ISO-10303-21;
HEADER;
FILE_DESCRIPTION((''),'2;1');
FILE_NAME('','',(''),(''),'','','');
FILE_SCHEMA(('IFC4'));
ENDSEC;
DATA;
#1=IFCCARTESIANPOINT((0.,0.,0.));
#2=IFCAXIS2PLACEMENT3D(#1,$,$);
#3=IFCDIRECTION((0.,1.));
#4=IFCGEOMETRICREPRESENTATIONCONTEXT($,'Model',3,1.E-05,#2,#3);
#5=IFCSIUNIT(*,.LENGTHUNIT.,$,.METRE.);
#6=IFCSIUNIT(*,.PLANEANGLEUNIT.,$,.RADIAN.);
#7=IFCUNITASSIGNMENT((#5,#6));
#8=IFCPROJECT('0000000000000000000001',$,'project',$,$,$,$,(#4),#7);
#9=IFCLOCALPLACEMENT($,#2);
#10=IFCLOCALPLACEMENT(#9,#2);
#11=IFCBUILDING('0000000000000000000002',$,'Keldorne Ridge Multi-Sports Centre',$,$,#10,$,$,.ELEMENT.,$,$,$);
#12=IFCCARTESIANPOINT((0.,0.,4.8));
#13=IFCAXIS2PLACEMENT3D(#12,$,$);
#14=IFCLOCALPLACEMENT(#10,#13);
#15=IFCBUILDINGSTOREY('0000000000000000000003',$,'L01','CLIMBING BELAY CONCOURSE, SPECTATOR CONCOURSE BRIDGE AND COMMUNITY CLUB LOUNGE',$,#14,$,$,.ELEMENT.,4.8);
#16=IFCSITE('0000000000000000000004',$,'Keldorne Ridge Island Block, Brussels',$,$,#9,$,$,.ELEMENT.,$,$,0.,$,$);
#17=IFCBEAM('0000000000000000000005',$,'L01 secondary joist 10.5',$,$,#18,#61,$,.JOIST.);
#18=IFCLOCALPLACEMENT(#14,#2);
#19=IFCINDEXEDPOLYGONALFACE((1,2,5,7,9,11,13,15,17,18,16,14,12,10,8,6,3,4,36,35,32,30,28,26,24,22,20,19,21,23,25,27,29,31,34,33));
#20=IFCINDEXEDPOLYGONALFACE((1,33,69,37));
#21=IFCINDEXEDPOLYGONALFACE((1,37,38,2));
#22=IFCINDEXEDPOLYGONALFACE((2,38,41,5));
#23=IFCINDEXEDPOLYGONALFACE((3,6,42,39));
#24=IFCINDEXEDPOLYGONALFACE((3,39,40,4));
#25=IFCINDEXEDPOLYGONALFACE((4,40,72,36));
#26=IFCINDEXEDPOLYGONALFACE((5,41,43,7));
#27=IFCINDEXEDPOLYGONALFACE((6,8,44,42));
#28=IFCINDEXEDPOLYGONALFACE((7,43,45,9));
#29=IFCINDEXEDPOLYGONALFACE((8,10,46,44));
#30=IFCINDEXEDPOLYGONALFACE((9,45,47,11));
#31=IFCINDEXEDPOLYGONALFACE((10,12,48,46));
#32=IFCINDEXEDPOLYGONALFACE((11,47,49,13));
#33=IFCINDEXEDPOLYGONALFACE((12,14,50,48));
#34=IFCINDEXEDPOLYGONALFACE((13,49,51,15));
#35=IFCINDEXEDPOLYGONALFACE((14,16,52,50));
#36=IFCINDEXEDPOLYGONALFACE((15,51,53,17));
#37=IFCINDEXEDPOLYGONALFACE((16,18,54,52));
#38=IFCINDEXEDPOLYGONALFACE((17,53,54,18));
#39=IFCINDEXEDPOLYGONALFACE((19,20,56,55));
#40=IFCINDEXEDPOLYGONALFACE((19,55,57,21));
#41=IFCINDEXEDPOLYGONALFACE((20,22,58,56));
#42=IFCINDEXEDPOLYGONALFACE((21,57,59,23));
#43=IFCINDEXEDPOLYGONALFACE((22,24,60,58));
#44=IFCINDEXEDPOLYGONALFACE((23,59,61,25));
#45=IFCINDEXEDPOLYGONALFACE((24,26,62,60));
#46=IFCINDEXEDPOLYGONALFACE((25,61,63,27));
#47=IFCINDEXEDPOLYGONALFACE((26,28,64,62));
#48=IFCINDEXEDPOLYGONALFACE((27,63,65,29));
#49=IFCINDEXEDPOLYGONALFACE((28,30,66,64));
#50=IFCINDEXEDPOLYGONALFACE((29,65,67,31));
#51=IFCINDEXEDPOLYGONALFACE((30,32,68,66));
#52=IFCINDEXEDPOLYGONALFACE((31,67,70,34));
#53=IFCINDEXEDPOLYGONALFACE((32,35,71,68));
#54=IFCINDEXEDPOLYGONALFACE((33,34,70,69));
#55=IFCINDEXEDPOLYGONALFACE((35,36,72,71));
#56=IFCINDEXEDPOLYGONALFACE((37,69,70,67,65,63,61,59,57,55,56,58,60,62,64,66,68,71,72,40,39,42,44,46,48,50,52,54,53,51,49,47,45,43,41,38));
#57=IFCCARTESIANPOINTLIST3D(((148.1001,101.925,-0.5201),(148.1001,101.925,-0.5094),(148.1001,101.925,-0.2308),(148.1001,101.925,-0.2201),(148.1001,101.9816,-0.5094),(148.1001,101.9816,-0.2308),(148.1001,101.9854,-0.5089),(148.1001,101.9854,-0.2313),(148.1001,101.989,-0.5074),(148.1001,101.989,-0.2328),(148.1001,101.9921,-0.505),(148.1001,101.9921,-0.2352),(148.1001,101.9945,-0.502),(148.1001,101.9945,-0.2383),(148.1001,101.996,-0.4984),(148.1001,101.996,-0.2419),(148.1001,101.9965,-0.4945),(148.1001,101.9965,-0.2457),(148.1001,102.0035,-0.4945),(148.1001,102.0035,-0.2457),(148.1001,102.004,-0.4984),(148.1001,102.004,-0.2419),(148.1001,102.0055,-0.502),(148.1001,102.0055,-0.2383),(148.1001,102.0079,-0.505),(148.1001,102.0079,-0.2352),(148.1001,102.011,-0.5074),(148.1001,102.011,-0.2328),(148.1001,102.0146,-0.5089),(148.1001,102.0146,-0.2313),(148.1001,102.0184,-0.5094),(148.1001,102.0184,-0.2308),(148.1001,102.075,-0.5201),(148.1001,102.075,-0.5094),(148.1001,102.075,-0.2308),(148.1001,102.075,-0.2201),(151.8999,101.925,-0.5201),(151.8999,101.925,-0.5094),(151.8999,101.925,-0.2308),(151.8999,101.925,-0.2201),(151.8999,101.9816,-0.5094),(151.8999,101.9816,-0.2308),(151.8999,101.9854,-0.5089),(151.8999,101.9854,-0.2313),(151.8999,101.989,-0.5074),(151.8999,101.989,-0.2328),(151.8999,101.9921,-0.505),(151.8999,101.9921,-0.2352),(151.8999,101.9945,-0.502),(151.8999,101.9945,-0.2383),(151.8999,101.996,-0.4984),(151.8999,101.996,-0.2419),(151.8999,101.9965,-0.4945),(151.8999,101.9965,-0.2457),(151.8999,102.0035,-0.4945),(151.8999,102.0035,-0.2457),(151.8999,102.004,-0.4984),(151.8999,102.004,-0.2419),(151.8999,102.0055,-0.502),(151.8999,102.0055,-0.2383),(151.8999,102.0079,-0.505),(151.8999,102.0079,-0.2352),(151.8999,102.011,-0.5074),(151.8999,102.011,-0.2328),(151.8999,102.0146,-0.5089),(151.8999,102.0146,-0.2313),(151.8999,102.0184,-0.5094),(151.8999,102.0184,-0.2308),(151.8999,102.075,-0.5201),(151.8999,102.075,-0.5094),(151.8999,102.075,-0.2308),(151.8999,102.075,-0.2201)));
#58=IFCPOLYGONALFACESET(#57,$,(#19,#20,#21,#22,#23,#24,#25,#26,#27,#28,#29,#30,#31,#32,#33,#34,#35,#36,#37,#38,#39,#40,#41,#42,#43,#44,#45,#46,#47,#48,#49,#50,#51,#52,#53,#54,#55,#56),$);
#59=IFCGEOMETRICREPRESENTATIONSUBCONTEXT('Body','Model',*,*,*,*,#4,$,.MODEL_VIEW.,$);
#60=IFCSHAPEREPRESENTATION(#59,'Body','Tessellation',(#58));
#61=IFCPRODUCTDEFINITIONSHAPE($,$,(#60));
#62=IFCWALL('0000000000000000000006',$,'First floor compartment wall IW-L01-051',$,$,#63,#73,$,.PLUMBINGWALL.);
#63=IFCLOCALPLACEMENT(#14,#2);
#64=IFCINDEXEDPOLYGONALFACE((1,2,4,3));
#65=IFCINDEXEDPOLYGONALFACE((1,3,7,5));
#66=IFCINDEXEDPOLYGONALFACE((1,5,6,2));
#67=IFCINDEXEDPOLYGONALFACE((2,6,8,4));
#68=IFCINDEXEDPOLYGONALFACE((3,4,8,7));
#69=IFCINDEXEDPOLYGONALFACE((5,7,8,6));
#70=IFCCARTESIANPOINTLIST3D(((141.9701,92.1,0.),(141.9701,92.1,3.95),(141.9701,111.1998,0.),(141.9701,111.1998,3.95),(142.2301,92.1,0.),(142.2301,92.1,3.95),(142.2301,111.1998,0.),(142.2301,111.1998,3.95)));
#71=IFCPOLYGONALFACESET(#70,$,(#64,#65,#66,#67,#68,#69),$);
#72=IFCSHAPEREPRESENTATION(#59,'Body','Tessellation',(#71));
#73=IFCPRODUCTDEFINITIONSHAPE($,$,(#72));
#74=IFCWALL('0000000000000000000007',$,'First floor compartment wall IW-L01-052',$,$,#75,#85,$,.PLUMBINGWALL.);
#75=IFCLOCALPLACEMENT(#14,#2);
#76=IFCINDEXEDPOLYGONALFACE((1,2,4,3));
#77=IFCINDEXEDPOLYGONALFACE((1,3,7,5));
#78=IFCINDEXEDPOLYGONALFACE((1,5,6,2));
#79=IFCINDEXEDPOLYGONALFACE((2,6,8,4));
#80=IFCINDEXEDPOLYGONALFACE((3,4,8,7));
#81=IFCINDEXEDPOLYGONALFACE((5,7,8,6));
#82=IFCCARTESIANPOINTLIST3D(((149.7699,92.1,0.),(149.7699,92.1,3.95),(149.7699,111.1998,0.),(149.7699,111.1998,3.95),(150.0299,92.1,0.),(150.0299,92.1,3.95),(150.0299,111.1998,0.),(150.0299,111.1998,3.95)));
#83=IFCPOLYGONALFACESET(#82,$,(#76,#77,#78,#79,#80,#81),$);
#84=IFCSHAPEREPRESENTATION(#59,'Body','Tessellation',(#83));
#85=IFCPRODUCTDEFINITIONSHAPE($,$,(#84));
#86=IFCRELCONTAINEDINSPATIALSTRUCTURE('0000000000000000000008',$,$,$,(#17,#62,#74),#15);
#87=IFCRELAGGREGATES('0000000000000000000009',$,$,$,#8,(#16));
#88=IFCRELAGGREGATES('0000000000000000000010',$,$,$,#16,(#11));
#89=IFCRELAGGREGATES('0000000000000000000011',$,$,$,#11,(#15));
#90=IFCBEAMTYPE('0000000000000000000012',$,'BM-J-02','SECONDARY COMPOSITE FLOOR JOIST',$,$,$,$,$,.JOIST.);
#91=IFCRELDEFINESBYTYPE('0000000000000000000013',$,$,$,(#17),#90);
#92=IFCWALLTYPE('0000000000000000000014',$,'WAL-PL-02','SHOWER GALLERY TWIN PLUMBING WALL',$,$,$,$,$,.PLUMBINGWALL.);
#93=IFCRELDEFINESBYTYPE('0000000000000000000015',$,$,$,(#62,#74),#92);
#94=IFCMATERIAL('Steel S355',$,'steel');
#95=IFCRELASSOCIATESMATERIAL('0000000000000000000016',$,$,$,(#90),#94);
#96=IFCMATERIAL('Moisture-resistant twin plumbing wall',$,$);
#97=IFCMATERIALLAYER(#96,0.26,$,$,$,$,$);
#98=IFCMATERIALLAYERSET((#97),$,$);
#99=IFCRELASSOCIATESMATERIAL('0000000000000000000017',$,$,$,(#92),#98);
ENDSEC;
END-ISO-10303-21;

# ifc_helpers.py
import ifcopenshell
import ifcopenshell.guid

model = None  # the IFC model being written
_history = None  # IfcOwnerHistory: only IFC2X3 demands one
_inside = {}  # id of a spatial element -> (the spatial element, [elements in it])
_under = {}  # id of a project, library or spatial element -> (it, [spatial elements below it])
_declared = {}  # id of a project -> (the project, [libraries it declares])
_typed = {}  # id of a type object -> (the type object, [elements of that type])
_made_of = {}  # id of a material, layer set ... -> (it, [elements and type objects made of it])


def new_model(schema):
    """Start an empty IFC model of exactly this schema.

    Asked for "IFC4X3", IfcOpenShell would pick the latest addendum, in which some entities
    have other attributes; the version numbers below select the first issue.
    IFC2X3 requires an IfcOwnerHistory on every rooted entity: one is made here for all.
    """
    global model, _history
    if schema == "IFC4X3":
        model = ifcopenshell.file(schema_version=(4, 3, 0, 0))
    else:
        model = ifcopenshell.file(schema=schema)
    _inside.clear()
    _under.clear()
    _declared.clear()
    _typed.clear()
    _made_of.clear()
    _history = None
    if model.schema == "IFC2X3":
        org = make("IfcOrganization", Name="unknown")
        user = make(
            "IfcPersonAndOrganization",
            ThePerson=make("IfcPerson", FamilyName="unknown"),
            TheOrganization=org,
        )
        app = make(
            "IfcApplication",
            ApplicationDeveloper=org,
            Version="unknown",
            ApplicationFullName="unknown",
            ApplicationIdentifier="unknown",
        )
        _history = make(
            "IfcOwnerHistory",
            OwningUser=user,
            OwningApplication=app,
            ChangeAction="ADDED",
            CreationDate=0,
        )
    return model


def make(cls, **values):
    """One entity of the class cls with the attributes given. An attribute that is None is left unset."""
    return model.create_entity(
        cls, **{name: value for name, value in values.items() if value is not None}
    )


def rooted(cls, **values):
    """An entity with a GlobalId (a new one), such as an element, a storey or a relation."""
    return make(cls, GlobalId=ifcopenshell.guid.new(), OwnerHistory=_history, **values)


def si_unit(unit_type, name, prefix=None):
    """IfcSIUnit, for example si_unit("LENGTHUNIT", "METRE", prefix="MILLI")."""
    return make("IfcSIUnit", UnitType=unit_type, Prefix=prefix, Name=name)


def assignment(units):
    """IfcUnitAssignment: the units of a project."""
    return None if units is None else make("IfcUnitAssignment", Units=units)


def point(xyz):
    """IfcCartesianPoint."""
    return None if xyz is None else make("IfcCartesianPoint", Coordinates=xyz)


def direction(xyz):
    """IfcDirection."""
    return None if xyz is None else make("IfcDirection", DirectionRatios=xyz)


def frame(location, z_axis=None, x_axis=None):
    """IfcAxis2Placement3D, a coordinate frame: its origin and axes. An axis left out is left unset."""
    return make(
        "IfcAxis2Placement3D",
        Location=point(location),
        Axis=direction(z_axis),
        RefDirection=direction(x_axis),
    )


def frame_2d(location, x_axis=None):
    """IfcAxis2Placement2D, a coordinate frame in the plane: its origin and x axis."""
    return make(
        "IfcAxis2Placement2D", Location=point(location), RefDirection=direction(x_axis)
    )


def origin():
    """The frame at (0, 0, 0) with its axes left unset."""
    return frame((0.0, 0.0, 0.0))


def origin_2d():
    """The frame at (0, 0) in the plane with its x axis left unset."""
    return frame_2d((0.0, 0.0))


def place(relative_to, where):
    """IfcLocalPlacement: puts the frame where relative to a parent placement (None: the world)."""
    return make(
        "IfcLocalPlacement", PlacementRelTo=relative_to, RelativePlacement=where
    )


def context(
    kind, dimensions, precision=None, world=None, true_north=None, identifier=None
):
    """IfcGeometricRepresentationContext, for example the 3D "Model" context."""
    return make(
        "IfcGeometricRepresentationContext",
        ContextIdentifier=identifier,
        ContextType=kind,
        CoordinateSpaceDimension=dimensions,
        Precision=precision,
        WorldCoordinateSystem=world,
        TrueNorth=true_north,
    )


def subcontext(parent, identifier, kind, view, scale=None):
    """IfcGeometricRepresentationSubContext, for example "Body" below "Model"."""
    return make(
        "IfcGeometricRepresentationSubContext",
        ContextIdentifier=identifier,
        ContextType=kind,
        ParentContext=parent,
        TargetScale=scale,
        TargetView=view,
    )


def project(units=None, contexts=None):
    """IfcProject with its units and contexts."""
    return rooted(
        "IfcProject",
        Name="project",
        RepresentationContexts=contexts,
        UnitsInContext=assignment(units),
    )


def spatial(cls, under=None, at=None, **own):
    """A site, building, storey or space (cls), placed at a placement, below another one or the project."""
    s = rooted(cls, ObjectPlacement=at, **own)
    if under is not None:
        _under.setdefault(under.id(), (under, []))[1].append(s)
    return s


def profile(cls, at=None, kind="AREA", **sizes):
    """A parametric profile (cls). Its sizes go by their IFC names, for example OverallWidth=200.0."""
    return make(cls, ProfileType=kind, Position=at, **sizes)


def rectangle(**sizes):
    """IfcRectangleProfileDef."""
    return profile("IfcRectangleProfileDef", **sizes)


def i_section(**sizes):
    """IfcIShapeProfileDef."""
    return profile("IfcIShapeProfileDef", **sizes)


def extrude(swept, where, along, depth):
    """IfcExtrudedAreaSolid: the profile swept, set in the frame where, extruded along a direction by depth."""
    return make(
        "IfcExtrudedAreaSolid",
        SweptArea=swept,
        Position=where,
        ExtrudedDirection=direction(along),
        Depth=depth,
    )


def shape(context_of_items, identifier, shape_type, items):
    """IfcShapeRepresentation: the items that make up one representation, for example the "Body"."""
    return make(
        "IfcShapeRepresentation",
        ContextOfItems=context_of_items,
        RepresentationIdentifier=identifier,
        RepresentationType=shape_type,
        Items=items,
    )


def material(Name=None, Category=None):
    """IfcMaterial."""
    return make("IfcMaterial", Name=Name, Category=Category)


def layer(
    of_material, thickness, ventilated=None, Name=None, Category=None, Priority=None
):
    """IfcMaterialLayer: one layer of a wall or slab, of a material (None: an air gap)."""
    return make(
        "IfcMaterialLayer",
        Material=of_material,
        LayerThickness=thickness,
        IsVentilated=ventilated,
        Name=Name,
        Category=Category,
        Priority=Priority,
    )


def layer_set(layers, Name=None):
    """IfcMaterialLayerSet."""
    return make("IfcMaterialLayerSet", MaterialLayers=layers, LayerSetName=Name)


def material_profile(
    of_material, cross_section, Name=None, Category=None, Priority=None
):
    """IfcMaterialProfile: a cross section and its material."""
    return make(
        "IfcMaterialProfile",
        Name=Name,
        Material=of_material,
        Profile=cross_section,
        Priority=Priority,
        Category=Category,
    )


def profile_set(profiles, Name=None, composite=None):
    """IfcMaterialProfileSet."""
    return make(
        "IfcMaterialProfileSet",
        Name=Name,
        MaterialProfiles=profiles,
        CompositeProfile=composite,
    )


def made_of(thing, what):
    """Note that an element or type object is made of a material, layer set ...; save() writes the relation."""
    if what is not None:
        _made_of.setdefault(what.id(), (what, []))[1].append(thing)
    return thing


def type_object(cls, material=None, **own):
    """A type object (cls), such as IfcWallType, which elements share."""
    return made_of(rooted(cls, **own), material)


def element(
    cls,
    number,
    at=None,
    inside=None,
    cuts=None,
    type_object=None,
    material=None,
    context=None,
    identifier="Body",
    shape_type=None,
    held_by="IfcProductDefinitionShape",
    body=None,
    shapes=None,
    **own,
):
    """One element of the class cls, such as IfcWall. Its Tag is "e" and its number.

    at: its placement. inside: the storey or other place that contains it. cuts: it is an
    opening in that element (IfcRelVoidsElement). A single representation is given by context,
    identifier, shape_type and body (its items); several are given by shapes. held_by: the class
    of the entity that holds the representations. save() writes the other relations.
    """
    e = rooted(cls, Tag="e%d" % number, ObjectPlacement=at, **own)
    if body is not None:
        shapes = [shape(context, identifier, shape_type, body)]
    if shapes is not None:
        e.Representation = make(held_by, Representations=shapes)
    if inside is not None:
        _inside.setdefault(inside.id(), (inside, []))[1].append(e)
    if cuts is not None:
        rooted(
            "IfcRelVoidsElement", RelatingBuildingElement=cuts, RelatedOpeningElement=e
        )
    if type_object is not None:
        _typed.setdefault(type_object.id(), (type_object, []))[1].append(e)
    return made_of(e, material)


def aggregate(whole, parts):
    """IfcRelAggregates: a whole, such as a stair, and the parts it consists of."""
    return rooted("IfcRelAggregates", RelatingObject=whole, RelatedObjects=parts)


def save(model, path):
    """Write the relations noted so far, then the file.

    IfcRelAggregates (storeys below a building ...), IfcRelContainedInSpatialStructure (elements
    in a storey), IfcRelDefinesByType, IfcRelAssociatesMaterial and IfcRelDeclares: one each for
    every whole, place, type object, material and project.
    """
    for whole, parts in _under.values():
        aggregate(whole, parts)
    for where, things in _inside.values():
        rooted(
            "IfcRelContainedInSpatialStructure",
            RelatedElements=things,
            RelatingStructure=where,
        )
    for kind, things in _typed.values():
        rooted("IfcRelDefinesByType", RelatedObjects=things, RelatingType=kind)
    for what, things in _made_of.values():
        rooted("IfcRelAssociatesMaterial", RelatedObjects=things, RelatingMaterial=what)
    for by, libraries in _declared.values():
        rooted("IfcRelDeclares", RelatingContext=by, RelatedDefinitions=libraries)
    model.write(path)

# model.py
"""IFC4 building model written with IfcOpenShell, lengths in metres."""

from ifc_helpers import new_model, si_unit, direction, frame, frame_2d, origin, origin_2d, place, context, subcontext, project, spatial, rectangle, i_section, extrude, material, layer, layer_set, material_profile, profile_set, type_object, element, save


model = new_model("IFC4")

# Units and contexts
model_context = context("Model", 3, precision=1e-05, world=origin(), true_north=direction((0.0, 1.0)))
body_context = subcontext(model_context, "Body", "Model", "MODEL_VIEW")
ifc_project = project(units=[si_unit("LENGTHUNIT", "METRE"), si_unit("PLANEANGLEUNIT", "RADIAN")], contexts=[model_context])

# Site, building, storey
site_placement = place(None, origin())
site = spatial("IfcSite", under=ifc_project, at=site_placement, Name="Keldorne Ridge Island Block, Brussels", CompositionType="ELEMENT", RefElevation=0.0)
building_placement = place(site_placement, origin())
building = spatial("IfcBuilding", under=site, at=building_placement, Name="Keldorne Ridge Multi-Sports Centre", CompositionType="ELEMENT")
storey_placement = place(building_placement, frame((0.0, 0.0, 4.8)))
storey = spatial("IfcBuildingStorey", under=building, at=storey_placement, Name="L01", Description="CLIMBING BELAY CONCOURSE, SPECTATOR CONCOURSE BRIDGE AND COMMUNITY CLUB LOUNGE", CompositionType="ELEMENT", Elevation=4.8)

# Shared definitions
ifc_material_1 = material(Name="Steel S355", Category="steel")

# Beam
ifc_material_profile_1 = material_profile(ifc_material_1, i_section(OverallWidth=0.1499, OverallDepth=0.3, WebThickness=0.0071, FlangeThickness=0.0107, FilletRadius=0.0149, at=origin_2d()), Name="IPE 300")
ifc_profile_set_1 = profile_set([ifc_material_profile_1], Name="Steel S355")
beam_type_1 = type_object("IfcBeamType", Name="BM-J-02", Description="SECONDARY COMPOSITE FLOOR JOIST", PredefinedType="JOIST", material=ifc_profile_set_1)
for number, where, z_axis, x_axis, name in (
    (1, (148.1001, 102.0, -0.3701), (1.0, 0.0, 0.0), (0.0, 1.0, 0.0), "L01 secondary joist 10.5"),
):
    element("IfcBeam", number, at=place(storey_placement, frame(where, z_axis=z_axis, x_axis=x_axis)), inside=storey, type_object=beam_type_1, Name=name, PredefinedType="JOIST", context=body_context, shape_type="SweptSolid", body=[
        extrude(i_section(OverallWidth=0.1499, OverallDepth=0.3, WebThickness=0.0071, FlangeThickness=0.0107, FilletRadius=0.0149, at=origin_2d()), origin(), (0.0, 0.0, 1.0), 3.7998),
    ])

# Walls
ifc_material_2 = material(Name="Moisture-resistant twin plumbing wall")
ifc_layer = layer(ifc_material_2, 0.26)
ifc_layer_set = layer_set([ifc_layer])
wall_type = type_object("IfcWallType", Name="WAL-PL-02", Description="SHOWER GALLERY TWIN PLUMBING WALL", PredefinedType="PLUMBINGWALL", material=ifc_layer_set)
for number, where, z_axis, x_axis, name in (
    (2, (142.1001, 92.1001, 0.0), (0.0, 0.0, 1.0), (0.0, 1.0, 0.0), "First floor compartment wall IW-L01-051"),
    (3, (149.8999, 92.1001, 0.0), (0.0, 0.0, 1.0), (0.0, 1.0, 0.0), "First floor compartment wall IW-L01-052"),
):
    element("IfcWall", number, at=place(storey_placement, frame(where, z_axis=z_axis, x_axis=x_axis)), inside=storey, type_object=wall_type, Name=name, PredefinedType="PLUMBINGWALL", context=body_context, shape_type="SweptSolid", body=[
        extrude(rectangle(XDim=19.0999, YDim=0.26, at=frame_2d((9.5498, 0.0))), origin(), (0.0, 0.0, 1.0), 3.95),
    ])

save(model, "model.ifc")
